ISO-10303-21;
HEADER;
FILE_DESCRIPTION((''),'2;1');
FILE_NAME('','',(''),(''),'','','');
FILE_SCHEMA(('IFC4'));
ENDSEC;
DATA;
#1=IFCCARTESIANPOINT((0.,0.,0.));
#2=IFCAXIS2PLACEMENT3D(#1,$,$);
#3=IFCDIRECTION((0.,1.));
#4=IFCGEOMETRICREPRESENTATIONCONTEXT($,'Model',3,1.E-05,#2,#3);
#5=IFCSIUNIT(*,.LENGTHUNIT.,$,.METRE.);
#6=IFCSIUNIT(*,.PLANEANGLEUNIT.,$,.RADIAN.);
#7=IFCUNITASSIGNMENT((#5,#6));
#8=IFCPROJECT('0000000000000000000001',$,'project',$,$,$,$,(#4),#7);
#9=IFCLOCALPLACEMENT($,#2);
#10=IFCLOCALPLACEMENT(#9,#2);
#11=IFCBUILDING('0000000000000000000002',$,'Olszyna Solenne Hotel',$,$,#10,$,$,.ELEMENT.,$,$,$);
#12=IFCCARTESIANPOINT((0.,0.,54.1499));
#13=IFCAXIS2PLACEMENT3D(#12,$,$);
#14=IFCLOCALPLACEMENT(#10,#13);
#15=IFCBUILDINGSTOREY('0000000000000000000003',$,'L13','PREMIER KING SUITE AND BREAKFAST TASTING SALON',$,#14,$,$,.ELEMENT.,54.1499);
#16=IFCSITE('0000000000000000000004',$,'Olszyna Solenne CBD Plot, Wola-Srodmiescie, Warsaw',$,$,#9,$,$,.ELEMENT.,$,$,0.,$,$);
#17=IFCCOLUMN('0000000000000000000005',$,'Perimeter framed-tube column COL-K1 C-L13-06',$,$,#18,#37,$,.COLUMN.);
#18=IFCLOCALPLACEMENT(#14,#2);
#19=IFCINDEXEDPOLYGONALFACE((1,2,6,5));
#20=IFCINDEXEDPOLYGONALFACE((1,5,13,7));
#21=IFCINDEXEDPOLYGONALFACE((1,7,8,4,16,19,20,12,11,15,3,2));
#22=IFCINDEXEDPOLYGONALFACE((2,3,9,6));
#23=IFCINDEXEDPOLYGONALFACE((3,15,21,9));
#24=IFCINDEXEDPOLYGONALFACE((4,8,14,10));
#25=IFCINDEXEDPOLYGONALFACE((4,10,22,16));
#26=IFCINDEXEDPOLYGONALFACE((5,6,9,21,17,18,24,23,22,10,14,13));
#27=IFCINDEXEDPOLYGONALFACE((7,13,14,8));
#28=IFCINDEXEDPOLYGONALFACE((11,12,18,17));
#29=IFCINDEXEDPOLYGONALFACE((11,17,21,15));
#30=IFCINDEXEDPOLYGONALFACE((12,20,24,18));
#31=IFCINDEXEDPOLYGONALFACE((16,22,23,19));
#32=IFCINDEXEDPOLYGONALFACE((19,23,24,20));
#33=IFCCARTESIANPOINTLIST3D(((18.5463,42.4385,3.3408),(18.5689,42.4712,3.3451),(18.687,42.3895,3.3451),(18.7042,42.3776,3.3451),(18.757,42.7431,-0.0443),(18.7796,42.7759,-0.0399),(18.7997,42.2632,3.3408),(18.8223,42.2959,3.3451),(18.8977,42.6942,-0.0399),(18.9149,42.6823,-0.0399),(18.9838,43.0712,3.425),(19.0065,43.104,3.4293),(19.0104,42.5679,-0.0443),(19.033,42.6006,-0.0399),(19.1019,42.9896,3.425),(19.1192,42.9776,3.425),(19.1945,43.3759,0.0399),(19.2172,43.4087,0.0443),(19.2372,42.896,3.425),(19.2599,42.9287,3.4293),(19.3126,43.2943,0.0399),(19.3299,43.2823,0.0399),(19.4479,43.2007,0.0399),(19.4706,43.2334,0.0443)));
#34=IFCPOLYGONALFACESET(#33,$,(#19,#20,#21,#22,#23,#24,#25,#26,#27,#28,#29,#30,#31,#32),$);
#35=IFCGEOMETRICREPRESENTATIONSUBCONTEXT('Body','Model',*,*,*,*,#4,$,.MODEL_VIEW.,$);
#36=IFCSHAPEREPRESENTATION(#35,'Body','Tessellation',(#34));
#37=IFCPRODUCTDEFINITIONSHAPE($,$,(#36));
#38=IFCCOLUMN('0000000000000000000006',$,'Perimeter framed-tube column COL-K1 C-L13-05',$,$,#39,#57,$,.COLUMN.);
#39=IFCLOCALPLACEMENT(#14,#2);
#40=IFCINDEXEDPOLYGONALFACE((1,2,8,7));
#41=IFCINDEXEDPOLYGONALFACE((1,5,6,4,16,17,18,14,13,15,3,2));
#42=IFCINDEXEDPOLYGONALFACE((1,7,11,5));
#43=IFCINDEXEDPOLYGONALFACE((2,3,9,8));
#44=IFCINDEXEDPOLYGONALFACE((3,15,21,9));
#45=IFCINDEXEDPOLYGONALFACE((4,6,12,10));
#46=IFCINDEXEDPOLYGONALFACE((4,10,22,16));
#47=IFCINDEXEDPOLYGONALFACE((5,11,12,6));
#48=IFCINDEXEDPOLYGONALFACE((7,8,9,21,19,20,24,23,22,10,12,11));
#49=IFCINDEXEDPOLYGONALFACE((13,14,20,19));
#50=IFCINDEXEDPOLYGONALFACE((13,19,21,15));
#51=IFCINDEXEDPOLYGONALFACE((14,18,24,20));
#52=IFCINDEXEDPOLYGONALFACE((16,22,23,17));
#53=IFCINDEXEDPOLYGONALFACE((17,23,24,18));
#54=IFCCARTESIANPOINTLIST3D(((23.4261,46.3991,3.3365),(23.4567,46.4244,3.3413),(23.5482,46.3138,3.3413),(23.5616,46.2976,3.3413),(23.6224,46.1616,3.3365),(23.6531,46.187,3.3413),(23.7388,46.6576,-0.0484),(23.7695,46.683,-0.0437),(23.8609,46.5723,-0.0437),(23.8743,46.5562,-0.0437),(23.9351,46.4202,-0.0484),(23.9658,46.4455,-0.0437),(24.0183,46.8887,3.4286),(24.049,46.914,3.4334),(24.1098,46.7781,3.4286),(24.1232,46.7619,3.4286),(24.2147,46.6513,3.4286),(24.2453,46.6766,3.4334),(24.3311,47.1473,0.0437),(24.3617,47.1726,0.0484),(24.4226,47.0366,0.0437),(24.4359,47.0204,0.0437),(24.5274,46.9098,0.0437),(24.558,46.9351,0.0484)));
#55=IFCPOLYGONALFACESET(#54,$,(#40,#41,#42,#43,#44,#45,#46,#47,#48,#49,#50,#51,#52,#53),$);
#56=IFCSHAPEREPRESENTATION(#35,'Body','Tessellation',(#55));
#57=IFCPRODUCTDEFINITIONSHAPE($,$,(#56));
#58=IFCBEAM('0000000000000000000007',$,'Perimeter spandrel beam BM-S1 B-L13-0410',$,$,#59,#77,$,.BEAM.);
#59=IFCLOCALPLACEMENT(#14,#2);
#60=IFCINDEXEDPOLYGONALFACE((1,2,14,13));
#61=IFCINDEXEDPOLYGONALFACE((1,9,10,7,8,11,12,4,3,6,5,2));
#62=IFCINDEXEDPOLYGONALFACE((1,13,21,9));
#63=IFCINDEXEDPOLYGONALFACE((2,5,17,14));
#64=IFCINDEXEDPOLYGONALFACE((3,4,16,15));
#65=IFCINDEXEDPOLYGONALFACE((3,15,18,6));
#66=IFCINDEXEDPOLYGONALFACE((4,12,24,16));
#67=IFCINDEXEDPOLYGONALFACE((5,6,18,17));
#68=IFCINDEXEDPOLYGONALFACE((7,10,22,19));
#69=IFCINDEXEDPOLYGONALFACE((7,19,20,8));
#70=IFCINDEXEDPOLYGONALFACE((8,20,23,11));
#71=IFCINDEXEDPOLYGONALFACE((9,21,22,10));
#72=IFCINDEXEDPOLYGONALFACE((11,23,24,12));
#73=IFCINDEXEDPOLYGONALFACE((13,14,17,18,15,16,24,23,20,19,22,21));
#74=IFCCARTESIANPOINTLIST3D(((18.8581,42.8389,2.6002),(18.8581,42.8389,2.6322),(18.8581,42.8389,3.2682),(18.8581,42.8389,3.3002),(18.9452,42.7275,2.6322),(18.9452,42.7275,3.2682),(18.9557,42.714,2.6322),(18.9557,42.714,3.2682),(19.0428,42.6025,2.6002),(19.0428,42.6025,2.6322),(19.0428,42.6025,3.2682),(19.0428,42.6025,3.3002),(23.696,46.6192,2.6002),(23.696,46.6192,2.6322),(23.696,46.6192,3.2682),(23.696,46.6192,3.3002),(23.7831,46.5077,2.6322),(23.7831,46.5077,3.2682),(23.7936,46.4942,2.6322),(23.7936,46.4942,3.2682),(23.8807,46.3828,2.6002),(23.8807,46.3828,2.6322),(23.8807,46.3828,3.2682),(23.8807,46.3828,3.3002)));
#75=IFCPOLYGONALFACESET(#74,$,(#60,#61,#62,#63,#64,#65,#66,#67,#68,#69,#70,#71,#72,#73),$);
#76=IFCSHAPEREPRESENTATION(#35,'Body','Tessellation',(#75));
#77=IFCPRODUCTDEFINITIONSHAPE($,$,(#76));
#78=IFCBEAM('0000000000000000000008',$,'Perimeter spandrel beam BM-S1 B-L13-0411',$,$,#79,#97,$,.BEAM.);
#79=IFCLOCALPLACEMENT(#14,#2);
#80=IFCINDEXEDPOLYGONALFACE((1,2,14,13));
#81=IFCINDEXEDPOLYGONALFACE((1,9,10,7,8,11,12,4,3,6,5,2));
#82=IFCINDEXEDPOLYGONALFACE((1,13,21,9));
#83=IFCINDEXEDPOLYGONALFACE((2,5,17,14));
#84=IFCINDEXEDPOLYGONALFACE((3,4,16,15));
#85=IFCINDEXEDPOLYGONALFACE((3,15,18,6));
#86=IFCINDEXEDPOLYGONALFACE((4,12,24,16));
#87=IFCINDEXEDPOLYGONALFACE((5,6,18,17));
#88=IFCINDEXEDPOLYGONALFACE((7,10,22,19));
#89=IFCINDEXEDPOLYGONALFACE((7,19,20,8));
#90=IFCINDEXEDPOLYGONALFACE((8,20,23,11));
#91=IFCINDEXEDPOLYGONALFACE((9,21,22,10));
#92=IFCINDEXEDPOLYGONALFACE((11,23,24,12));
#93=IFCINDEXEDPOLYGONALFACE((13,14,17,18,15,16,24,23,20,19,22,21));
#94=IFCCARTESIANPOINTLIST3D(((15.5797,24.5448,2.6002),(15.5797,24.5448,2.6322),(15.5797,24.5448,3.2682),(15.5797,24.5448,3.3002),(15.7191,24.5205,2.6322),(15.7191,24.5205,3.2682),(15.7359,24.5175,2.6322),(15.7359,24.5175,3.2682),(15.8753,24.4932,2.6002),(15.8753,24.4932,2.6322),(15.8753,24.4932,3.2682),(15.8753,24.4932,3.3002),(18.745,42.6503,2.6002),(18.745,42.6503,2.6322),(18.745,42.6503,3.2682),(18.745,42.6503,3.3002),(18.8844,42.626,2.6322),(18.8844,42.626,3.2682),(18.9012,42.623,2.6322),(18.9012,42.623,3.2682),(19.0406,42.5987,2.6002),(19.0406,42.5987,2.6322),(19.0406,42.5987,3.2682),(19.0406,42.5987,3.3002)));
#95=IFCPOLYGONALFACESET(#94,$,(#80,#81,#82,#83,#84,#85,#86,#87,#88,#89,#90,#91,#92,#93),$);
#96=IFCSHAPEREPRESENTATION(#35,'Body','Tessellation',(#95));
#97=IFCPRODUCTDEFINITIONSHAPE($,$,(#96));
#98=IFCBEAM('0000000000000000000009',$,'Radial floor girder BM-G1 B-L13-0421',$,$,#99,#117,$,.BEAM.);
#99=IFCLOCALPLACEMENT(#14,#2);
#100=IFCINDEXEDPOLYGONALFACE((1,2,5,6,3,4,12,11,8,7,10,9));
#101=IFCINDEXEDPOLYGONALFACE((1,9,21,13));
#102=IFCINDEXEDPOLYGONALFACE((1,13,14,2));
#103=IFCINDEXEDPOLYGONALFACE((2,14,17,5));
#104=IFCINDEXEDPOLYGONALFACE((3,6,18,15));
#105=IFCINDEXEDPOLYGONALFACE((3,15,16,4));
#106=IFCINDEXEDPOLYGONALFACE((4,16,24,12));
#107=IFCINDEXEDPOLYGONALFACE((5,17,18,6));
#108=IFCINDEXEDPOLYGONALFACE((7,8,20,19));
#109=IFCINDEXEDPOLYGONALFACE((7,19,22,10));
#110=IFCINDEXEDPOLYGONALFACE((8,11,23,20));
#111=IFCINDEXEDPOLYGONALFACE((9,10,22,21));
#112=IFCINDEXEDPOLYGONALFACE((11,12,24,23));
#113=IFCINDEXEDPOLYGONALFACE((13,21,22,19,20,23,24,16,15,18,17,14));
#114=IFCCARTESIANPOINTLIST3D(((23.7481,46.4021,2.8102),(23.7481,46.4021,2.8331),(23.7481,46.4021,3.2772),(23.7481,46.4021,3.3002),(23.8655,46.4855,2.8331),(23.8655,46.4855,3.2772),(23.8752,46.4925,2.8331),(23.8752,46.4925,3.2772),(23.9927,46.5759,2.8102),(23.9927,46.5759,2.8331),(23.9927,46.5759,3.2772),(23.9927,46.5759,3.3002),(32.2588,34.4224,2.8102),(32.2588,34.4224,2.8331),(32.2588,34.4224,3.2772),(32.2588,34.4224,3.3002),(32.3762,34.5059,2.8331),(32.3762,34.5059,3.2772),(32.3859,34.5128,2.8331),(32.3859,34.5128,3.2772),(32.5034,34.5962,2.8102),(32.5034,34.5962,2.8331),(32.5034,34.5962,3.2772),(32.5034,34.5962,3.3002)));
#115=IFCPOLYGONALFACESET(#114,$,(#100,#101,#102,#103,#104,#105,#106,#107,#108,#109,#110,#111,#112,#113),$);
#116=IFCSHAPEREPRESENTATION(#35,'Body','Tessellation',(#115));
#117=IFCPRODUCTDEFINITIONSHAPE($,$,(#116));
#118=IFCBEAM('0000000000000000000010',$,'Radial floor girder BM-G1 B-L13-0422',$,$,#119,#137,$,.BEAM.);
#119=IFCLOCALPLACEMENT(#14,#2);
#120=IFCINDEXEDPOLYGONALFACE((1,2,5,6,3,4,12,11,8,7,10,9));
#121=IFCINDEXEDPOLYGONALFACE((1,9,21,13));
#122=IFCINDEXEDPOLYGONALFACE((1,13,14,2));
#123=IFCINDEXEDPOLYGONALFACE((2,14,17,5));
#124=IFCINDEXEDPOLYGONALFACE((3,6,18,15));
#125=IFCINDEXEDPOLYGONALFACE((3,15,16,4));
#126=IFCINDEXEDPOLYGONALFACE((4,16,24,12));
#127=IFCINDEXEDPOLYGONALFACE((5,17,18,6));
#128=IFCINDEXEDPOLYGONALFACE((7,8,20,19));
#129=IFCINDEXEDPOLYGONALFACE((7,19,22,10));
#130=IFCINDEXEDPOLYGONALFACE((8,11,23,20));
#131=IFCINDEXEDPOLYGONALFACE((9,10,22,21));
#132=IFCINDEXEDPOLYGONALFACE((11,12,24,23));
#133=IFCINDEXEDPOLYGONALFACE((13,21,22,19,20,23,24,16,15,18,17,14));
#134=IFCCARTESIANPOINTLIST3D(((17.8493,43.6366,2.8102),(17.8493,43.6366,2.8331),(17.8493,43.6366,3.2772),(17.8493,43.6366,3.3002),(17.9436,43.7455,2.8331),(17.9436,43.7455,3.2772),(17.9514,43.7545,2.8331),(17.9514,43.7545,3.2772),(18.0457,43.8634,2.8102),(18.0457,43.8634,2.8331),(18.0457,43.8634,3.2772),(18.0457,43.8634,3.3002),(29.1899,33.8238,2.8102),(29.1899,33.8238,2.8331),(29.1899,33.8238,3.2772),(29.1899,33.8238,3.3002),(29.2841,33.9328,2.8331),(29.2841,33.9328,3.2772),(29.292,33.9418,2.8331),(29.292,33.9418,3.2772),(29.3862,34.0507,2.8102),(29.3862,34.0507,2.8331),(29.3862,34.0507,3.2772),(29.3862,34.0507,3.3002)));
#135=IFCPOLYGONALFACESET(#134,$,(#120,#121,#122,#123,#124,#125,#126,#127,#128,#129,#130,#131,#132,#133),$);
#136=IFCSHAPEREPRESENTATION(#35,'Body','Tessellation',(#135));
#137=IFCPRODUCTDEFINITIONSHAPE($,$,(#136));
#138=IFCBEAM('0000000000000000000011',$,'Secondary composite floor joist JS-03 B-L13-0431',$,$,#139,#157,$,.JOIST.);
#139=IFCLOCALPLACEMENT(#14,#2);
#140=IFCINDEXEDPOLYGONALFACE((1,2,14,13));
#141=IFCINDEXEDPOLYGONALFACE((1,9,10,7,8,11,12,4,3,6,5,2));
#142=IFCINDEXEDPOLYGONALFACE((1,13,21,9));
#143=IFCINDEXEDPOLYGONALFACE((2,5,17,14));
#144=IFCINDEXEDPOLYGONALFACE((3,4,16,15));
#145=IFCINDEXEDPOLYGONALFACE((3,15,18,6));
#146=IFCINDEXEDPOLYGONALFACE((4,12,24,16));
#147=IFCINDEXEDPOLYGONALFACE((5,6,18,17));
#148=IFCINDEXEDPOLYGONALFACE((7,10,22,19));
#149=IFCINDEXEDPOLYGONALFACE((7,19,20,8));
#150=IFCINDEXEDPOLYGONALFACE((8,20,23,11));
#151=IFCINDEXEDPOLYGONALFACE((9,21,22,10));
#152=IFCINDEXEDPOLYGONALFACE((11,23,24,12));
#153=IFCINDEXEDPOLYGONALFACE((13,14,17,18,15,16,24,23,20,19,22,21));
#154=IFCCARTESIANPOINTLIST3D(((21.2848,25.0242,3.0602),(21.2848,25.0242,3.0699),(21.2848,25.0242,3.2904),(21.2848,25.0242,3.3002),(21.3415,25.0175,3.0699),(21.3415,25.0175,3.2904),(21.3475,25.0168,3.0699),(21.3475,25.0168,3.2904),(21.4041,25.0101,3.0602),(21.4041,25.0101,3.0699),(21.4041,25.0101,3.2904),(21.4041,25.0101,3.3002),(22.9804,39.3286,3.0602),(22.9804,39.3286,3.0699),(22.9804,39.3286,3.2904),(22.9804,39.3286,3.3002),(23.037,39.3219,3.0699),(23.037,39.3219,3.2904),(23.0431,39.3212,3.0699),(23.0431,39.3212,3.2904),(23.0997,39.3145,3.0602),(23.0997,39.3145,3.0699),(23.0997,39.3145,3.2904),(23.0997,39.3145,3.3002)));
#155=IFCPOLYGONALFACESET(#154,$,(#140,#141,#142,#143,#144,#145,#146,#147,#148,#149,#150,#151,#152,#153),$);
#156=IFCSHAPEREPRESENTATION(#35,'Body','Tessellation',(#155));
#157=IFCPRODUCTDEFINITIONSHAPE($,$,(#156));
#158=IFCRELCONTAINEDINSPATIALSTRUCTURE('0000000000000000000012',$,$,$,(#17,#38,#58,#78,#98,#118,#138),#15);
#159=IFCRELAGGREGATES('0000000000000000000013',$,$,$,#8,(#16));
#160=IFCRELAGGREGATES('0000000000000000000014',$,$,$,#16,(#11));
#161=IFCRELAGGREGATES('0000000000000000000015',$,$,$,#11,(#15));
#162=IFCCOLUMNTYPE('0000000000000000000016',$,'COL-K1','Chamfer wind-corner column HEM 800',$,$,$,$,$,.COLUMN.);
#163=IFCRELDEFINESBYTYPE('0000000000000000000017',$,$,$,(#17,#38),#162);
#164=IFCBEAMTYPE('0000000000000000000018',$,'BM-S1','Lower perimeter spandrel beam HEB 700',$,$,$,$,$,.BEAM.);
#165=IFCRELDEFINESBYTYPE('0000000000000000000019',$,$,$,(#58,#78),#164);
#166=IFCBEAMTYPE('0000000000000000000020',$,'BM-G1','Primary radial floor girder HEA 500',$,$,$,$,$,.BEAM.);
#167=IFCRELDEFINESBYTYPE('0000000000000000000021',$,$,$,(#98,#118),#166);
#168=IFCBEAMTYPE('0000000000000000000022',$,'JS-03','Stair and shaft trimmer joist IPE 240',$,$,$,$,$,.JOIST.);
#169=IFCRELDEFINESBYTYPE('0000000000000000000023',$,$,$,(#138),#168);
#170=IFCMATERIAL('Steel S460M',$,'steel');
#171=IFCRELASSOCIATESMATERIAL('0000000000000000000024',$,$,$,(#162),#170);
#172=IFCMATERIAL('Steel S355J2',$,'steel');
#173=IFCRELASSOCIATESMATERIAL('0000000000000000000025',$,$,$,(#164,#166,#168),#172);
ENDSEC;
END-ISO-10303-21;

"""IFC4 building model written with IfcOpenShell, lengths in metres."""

from ifc_helpers import new_model, si_unit, direction, frame, origin, origin_2d, place, context, subcontext, project, spatial, i_section, extrude, source, transform, mapped, material, material_profile, profile_set, type_object, element, save


model = new_model("IFC4")

# Units and contexts
model_context = context("Model", 3, precision=1e-05, world=origin(), true_north=direction((0.0, 1.0)))
body_context = subcontext(model_context, "Body", "Model", "MODEL_VIEW")
ifc_project = project(units=[si_unit("LENGTHUNIT", "METRE"), si_unit("PLANEANGLEUNIT", "RADIAN")], contexts=[model_context])

# Site, building, storey
site_placement = place(None, origin())
site = spatial("IfcSite", under=ifc_project, at=site_placement, Name="Olszyna Solenne CBD Plot, Wola-Srodmiescie, Warsaw", CompositionType="ELEMENT", RefElevation=0.0)
building_placement = place(site_placement, origin())
building = spatial("IfcBuilding", under=site, at=building_placement, Name="Olszyna Solenne Hotel", CompositionType="ELEMENT")
storey_placement = place(building_placement, frame((0.0, 0.0, 54.1499)))
storey = spatial("IfcBuildingStorey", under=building, at=storey_placement, Name="L13", Description="PREMIER KING SUITE AND BREAKFAST TASTING SALON", CompositionType="ELEMENT", Elevation=54.1499)

# Columns
ifc_material_1 = material(Name="Steel S460M", Category="steel")
ifc_material_profile_1 = material_profile(ifc_material_1, i_section(OverallWidth=0.3081, OverallDepth=0.814, WebThickness=0.021, FlangeThickness=0.04, at=origin_2d()), Name="HEM 800", Category="load-bearing")
ifc_profile_set_1 = profile_set([ifc_material_profile_1], Name="Steel S460M")
column_type = type_object("IfcColumnType", Name="COL-K1", Description="Chamfer wind-corner column HEM 800", PredefinedType="COLUMN", material=ifc_profile_set_1)
shared_shape_1 = source(origin(), body_context, "Body", "SweptSolid", [
    extrude(i_section(OverallWidth=0.3081, OverallDepth=0.814, WebThickness=0.021, FlangeThickness=0.04, at=origin_2d()), origin(), (0.0, 0.0, 1.0), 3.4053),
])
column_1_placement = place(storey_placement, frame((19.1138, 42.9883, 0.0), z_axis=(-0.061874, -0.089477, 0.994065), x_axis=(0.822501, -0.568764, 0.0)))
element("IfcColumn", 1, at=column_1_placement, inside=storey, type_object=column_type, Name="Perimeter framed-tube column COL-K1 C-L13-06", PredefinedType="COLUMN", context=body_context, shape_type="MappedRepresentation", body=[
    mapped(shared_shape_1, transform((0.0, 0.0, 0.0), x_axis=(1.0, 0.0, 0.0), y_axis=(0.0, 1.0, 0.0), z_axis=(0.0, 0.0, 1.0), scale=1.0)),
])
shared_shape_2 = source(origin(), body_context, "Body", "SweptSolid", [
    extrude(i_section(OverallWidth=0.3081, OverallDepth=0.814, WebThickness=0.021, FlangeThickness=0.04, at=origin_2d()), origin(), (0.0, 0.0, 1.0), 3.4092),
])
column_2_placement = place(storey_placement, frame((24.1484, 46.7964, 0.0), z_axis=(-0.091734, -0.075836, 0.992892), x_axis=(0.637161, -0.77073, 0.0)))
element("IfcColumn", 2, at=column_2_placement, inside=storey, type_object=column_type, Name="Perimeter framed-tube column COL-K1 C-L13-05", PredefinedType="COLUMN", context=body_context, shape_type="MappedRepresentation", body=[
    mapped(shared_shape_2, transform((0.0, 0.0, 0.0), x_axis=(1.0, 0.0, 0.0), y_axis=(0.0, 1.0, 0.0), z_axis=(0.0, 0.0, 1.0), scale=1.0)),
])

# Beams
ifc_material_2 = material(Name="Steel S355J2", Category="steel")
ifc_material_profile_2 = material_profile(ifc_material_2, i_section(OverallWidth=0.3, OverallDepth=0.7, WebThickness=0.0171, FlangeThickness=0.032, at=origin_2d()), Name="HEB 700", Category="load-bearing")
ifc_profile_set_2 = profile_set([ifc_material_profile_2], Name="Steel S355J2")
beam_type_1 = type_object("IfcBeamType", Name="BM-S1", Description="Lower perimeter spandrel beam HEB 700", PredefinedType="BEAM", material=ifc_profile_set_2)
shared_shape_3 = source(origin(), body_context, "Body", "SweptSolid", [
    extrude(i_section(OverallWidth=0.3, OverallDepth=0.7, WebThickness=0.0171, FlangeThickness=0.032, at=origin_2d()), origin(), (0.0, 0.0, 1.0), 6.1396),
])
beam_1_placement = place(storey_placement, frame((23.7883, 46.501, 2.9502), z_axis=(-0.787971, -0.615712, 0.0), x_axis=(0.615712, -0.787971, 0.0)))
element("IfcBeam", 3, at=beam_1_placement, inside=storey, type_object=beam_type_1, Name="Perimeter spandrel beam BM-S1 B-L13-0410", PredefinedType="BEAM", context=body_context, shape_type="MappedRepresentation", body=[
    mapped(shared_shape_3, transform((0.0, 0.0, 0.0), x_axis=(1.0, 0.0, 0.0), y_axis=(0.0, 1.0, 0.0), z_axis=(0.0, 0.0, 1.0), scale=1.0)),
])
shared_shape_4 = source(origin(), body_context, "Body", "SweptSolid", [
    extrude(i_section(OverallWidth=0.3, OverallDepth=0.7, WebThickness=0.0171, FlangeThickness=0.032, at=origin_2d()), origin(), (0.0, 0.0, 1.0), 18.3801),
])
beam_2_placement = place(storey_placement, frame((18.8928, 42.6245, 2.9502), z_axis=(-0.172213, -0.98506, 0.0), x_axis=(0.98506, -0.172213, 0.0)))
element("IfcBeam", 4, at=beam_2_placement, inside=storey, type_object=beam_type_1, Name="Perimeter spandrel beam BM-S1 B-L13-0411", PredefinedType="BEAM", context=body_context, shape_type="MappedRepresentation", body=[
    mapped(shared_shape_4, transform((0.0, 0.0, 0.0), x_axis=(1.0, 0.0, 0.0), y_axis=(0.0, 1.0, 0.0), z_axis=(0.0, 0.0, 1.0), scale=1.0)),
])
ifc_material_profile_3 = material_profile(ifc_material_2, i_section(OverallWidth=0.3, OverallDepth=0.49, WebThickness=0.012, FlangeThickness=0.0229, at=origin_2d()), Name="HEA 500", Category="load-bearing")
ifc_profile_set_3 = profile_set([ifc_material_profile_3], Name="Steel S355J2")
beam_type_2 = type_object("IfcBeamType", Name="BM-G1", Description="Primary radial floor girder HEA 500", PredefinedType="BEAM", material=ifc_profile_set_3)
shared_shape_5 = source(origin(), body_context, "Body", "SweptSolid", [
    extrude(i_section(OverallWidth=0.3, OverallDepth=0.49, WebThickness=0.012, FlangeThickness=0.0229, at=origin_2d()), origin(), (0.0, 0.0, 1.0), 14.6951),
])
beam_3_placement = place(storey_placement, frame((23.8704, 46.489, 3.0552), z_axis=(0.579154, -0.815218, 0.0), x_axis=(0.815218, 0.579154, 0.0)))
element("IfcBeam", 5, at=beam_3_placement, inside=storey, type_object=beam_type_2, Name="Radial floor girder BM-G1 B-L13-0421", PredefinedType="BEAM", context=body_context, shape_type="MappedRepresentation", body=[
    mapped(shared_shape_5, transform((0.0, 0.0, 0.0), x_axis=(1.0, 0.0, 0.0), y_axis=(0.0, 1.0, 0.0), z_axis=(0.0, 0.0, 1.0), scale=1.0)),
])
shared_shape_6 = source(origin(), body_context, "Body", "SweptSolid", [
    extrude(i_section(OverallWidth=0.3, OverallDepth=0.49, WebThickness=0.012, FlangeThickness=0.0229, at=origin_2d()), origin(), (0.0, 0.0, 1.0), 14.9966),
])
beam_4_placement = place(storey_placement, frame((17.9475, 43.75, 3.0552), z_axis=(0.756209, -0.65433, 0.0), x_axis=(0.65433, 0.756209, 0.0)))
element("IfcBeam", 6, at=beam_4_placement, inside=storey, type_object=beam_type_2, Name="Radial floor girder BM-G1 B-L13-0422", PredefinedType="BEAM", context=body_context, shape_type="MappedRepresentation", body=[
    mapped(shared_shape_6, transform((0.0, 0.0, 0.0), x_axis=(1.0, 0.0, 0.0), y_axis=(0.0, 1.0, 0.0), z_axis=(0.0, 0.0, 1.0), scale=1.0)),
])
ifc_material_profile_4 = material_profile(ifc_material_2, i_section(OverallWidth=0.1201, OverallDepth=0.24, WebThickness=0.0061, FlangeThickness=0.0098, at=origin_2d()), Name="IPE 240", Category="load-bearing")
ifc_profile_set_4 = profile_set([ifc_material_profile_4], Name="Steel S355J2")
beam_type_3 = type_object("IfcBeamType", Name="JS-03", Description="Stair and shaft trimmer joist IPE 240", PredefinedType="JOIST", material=ifc_profile_set_4)
shared_shape_7 = source(origin(), body_context, "Body", "SweptSolid", [
    extrude(i_section(OverallWidth=0.1201, OverallDepth=0.24, WebThickness=0.0061, FlangeThickness=0.0098, at=origin_2d()), origin(), (0.0, 0.0, 1.0), 14.4045),
])
beam_5_placement = place(storey_placement, frame((23.04, 39.3215, 3.1802), z_axis=(-0.11771, -0.993048, 0.0), x_axis=(0.993048, -0.11771, 0.0)))
element("IfcBeam", 7, at=beam_5_placement, inside=storey, type_object=beam_type_3, Name="Secondary composite floor joist JS-03 B-L13-0431", PredefinedType="JOIST", context=body_context, shape_type="MappedRepresentation", body=[
    mapped(shared_shape_7, transform((0.0, 0.0, 0.0), x_axis=(1.0, 0.0, 0.0), y_axis=(0.0, 1.0, 0.0), z_axis=(0.0, 0.0, 1.0), scale=1.0)),
])

save(model, "model.ifc")
